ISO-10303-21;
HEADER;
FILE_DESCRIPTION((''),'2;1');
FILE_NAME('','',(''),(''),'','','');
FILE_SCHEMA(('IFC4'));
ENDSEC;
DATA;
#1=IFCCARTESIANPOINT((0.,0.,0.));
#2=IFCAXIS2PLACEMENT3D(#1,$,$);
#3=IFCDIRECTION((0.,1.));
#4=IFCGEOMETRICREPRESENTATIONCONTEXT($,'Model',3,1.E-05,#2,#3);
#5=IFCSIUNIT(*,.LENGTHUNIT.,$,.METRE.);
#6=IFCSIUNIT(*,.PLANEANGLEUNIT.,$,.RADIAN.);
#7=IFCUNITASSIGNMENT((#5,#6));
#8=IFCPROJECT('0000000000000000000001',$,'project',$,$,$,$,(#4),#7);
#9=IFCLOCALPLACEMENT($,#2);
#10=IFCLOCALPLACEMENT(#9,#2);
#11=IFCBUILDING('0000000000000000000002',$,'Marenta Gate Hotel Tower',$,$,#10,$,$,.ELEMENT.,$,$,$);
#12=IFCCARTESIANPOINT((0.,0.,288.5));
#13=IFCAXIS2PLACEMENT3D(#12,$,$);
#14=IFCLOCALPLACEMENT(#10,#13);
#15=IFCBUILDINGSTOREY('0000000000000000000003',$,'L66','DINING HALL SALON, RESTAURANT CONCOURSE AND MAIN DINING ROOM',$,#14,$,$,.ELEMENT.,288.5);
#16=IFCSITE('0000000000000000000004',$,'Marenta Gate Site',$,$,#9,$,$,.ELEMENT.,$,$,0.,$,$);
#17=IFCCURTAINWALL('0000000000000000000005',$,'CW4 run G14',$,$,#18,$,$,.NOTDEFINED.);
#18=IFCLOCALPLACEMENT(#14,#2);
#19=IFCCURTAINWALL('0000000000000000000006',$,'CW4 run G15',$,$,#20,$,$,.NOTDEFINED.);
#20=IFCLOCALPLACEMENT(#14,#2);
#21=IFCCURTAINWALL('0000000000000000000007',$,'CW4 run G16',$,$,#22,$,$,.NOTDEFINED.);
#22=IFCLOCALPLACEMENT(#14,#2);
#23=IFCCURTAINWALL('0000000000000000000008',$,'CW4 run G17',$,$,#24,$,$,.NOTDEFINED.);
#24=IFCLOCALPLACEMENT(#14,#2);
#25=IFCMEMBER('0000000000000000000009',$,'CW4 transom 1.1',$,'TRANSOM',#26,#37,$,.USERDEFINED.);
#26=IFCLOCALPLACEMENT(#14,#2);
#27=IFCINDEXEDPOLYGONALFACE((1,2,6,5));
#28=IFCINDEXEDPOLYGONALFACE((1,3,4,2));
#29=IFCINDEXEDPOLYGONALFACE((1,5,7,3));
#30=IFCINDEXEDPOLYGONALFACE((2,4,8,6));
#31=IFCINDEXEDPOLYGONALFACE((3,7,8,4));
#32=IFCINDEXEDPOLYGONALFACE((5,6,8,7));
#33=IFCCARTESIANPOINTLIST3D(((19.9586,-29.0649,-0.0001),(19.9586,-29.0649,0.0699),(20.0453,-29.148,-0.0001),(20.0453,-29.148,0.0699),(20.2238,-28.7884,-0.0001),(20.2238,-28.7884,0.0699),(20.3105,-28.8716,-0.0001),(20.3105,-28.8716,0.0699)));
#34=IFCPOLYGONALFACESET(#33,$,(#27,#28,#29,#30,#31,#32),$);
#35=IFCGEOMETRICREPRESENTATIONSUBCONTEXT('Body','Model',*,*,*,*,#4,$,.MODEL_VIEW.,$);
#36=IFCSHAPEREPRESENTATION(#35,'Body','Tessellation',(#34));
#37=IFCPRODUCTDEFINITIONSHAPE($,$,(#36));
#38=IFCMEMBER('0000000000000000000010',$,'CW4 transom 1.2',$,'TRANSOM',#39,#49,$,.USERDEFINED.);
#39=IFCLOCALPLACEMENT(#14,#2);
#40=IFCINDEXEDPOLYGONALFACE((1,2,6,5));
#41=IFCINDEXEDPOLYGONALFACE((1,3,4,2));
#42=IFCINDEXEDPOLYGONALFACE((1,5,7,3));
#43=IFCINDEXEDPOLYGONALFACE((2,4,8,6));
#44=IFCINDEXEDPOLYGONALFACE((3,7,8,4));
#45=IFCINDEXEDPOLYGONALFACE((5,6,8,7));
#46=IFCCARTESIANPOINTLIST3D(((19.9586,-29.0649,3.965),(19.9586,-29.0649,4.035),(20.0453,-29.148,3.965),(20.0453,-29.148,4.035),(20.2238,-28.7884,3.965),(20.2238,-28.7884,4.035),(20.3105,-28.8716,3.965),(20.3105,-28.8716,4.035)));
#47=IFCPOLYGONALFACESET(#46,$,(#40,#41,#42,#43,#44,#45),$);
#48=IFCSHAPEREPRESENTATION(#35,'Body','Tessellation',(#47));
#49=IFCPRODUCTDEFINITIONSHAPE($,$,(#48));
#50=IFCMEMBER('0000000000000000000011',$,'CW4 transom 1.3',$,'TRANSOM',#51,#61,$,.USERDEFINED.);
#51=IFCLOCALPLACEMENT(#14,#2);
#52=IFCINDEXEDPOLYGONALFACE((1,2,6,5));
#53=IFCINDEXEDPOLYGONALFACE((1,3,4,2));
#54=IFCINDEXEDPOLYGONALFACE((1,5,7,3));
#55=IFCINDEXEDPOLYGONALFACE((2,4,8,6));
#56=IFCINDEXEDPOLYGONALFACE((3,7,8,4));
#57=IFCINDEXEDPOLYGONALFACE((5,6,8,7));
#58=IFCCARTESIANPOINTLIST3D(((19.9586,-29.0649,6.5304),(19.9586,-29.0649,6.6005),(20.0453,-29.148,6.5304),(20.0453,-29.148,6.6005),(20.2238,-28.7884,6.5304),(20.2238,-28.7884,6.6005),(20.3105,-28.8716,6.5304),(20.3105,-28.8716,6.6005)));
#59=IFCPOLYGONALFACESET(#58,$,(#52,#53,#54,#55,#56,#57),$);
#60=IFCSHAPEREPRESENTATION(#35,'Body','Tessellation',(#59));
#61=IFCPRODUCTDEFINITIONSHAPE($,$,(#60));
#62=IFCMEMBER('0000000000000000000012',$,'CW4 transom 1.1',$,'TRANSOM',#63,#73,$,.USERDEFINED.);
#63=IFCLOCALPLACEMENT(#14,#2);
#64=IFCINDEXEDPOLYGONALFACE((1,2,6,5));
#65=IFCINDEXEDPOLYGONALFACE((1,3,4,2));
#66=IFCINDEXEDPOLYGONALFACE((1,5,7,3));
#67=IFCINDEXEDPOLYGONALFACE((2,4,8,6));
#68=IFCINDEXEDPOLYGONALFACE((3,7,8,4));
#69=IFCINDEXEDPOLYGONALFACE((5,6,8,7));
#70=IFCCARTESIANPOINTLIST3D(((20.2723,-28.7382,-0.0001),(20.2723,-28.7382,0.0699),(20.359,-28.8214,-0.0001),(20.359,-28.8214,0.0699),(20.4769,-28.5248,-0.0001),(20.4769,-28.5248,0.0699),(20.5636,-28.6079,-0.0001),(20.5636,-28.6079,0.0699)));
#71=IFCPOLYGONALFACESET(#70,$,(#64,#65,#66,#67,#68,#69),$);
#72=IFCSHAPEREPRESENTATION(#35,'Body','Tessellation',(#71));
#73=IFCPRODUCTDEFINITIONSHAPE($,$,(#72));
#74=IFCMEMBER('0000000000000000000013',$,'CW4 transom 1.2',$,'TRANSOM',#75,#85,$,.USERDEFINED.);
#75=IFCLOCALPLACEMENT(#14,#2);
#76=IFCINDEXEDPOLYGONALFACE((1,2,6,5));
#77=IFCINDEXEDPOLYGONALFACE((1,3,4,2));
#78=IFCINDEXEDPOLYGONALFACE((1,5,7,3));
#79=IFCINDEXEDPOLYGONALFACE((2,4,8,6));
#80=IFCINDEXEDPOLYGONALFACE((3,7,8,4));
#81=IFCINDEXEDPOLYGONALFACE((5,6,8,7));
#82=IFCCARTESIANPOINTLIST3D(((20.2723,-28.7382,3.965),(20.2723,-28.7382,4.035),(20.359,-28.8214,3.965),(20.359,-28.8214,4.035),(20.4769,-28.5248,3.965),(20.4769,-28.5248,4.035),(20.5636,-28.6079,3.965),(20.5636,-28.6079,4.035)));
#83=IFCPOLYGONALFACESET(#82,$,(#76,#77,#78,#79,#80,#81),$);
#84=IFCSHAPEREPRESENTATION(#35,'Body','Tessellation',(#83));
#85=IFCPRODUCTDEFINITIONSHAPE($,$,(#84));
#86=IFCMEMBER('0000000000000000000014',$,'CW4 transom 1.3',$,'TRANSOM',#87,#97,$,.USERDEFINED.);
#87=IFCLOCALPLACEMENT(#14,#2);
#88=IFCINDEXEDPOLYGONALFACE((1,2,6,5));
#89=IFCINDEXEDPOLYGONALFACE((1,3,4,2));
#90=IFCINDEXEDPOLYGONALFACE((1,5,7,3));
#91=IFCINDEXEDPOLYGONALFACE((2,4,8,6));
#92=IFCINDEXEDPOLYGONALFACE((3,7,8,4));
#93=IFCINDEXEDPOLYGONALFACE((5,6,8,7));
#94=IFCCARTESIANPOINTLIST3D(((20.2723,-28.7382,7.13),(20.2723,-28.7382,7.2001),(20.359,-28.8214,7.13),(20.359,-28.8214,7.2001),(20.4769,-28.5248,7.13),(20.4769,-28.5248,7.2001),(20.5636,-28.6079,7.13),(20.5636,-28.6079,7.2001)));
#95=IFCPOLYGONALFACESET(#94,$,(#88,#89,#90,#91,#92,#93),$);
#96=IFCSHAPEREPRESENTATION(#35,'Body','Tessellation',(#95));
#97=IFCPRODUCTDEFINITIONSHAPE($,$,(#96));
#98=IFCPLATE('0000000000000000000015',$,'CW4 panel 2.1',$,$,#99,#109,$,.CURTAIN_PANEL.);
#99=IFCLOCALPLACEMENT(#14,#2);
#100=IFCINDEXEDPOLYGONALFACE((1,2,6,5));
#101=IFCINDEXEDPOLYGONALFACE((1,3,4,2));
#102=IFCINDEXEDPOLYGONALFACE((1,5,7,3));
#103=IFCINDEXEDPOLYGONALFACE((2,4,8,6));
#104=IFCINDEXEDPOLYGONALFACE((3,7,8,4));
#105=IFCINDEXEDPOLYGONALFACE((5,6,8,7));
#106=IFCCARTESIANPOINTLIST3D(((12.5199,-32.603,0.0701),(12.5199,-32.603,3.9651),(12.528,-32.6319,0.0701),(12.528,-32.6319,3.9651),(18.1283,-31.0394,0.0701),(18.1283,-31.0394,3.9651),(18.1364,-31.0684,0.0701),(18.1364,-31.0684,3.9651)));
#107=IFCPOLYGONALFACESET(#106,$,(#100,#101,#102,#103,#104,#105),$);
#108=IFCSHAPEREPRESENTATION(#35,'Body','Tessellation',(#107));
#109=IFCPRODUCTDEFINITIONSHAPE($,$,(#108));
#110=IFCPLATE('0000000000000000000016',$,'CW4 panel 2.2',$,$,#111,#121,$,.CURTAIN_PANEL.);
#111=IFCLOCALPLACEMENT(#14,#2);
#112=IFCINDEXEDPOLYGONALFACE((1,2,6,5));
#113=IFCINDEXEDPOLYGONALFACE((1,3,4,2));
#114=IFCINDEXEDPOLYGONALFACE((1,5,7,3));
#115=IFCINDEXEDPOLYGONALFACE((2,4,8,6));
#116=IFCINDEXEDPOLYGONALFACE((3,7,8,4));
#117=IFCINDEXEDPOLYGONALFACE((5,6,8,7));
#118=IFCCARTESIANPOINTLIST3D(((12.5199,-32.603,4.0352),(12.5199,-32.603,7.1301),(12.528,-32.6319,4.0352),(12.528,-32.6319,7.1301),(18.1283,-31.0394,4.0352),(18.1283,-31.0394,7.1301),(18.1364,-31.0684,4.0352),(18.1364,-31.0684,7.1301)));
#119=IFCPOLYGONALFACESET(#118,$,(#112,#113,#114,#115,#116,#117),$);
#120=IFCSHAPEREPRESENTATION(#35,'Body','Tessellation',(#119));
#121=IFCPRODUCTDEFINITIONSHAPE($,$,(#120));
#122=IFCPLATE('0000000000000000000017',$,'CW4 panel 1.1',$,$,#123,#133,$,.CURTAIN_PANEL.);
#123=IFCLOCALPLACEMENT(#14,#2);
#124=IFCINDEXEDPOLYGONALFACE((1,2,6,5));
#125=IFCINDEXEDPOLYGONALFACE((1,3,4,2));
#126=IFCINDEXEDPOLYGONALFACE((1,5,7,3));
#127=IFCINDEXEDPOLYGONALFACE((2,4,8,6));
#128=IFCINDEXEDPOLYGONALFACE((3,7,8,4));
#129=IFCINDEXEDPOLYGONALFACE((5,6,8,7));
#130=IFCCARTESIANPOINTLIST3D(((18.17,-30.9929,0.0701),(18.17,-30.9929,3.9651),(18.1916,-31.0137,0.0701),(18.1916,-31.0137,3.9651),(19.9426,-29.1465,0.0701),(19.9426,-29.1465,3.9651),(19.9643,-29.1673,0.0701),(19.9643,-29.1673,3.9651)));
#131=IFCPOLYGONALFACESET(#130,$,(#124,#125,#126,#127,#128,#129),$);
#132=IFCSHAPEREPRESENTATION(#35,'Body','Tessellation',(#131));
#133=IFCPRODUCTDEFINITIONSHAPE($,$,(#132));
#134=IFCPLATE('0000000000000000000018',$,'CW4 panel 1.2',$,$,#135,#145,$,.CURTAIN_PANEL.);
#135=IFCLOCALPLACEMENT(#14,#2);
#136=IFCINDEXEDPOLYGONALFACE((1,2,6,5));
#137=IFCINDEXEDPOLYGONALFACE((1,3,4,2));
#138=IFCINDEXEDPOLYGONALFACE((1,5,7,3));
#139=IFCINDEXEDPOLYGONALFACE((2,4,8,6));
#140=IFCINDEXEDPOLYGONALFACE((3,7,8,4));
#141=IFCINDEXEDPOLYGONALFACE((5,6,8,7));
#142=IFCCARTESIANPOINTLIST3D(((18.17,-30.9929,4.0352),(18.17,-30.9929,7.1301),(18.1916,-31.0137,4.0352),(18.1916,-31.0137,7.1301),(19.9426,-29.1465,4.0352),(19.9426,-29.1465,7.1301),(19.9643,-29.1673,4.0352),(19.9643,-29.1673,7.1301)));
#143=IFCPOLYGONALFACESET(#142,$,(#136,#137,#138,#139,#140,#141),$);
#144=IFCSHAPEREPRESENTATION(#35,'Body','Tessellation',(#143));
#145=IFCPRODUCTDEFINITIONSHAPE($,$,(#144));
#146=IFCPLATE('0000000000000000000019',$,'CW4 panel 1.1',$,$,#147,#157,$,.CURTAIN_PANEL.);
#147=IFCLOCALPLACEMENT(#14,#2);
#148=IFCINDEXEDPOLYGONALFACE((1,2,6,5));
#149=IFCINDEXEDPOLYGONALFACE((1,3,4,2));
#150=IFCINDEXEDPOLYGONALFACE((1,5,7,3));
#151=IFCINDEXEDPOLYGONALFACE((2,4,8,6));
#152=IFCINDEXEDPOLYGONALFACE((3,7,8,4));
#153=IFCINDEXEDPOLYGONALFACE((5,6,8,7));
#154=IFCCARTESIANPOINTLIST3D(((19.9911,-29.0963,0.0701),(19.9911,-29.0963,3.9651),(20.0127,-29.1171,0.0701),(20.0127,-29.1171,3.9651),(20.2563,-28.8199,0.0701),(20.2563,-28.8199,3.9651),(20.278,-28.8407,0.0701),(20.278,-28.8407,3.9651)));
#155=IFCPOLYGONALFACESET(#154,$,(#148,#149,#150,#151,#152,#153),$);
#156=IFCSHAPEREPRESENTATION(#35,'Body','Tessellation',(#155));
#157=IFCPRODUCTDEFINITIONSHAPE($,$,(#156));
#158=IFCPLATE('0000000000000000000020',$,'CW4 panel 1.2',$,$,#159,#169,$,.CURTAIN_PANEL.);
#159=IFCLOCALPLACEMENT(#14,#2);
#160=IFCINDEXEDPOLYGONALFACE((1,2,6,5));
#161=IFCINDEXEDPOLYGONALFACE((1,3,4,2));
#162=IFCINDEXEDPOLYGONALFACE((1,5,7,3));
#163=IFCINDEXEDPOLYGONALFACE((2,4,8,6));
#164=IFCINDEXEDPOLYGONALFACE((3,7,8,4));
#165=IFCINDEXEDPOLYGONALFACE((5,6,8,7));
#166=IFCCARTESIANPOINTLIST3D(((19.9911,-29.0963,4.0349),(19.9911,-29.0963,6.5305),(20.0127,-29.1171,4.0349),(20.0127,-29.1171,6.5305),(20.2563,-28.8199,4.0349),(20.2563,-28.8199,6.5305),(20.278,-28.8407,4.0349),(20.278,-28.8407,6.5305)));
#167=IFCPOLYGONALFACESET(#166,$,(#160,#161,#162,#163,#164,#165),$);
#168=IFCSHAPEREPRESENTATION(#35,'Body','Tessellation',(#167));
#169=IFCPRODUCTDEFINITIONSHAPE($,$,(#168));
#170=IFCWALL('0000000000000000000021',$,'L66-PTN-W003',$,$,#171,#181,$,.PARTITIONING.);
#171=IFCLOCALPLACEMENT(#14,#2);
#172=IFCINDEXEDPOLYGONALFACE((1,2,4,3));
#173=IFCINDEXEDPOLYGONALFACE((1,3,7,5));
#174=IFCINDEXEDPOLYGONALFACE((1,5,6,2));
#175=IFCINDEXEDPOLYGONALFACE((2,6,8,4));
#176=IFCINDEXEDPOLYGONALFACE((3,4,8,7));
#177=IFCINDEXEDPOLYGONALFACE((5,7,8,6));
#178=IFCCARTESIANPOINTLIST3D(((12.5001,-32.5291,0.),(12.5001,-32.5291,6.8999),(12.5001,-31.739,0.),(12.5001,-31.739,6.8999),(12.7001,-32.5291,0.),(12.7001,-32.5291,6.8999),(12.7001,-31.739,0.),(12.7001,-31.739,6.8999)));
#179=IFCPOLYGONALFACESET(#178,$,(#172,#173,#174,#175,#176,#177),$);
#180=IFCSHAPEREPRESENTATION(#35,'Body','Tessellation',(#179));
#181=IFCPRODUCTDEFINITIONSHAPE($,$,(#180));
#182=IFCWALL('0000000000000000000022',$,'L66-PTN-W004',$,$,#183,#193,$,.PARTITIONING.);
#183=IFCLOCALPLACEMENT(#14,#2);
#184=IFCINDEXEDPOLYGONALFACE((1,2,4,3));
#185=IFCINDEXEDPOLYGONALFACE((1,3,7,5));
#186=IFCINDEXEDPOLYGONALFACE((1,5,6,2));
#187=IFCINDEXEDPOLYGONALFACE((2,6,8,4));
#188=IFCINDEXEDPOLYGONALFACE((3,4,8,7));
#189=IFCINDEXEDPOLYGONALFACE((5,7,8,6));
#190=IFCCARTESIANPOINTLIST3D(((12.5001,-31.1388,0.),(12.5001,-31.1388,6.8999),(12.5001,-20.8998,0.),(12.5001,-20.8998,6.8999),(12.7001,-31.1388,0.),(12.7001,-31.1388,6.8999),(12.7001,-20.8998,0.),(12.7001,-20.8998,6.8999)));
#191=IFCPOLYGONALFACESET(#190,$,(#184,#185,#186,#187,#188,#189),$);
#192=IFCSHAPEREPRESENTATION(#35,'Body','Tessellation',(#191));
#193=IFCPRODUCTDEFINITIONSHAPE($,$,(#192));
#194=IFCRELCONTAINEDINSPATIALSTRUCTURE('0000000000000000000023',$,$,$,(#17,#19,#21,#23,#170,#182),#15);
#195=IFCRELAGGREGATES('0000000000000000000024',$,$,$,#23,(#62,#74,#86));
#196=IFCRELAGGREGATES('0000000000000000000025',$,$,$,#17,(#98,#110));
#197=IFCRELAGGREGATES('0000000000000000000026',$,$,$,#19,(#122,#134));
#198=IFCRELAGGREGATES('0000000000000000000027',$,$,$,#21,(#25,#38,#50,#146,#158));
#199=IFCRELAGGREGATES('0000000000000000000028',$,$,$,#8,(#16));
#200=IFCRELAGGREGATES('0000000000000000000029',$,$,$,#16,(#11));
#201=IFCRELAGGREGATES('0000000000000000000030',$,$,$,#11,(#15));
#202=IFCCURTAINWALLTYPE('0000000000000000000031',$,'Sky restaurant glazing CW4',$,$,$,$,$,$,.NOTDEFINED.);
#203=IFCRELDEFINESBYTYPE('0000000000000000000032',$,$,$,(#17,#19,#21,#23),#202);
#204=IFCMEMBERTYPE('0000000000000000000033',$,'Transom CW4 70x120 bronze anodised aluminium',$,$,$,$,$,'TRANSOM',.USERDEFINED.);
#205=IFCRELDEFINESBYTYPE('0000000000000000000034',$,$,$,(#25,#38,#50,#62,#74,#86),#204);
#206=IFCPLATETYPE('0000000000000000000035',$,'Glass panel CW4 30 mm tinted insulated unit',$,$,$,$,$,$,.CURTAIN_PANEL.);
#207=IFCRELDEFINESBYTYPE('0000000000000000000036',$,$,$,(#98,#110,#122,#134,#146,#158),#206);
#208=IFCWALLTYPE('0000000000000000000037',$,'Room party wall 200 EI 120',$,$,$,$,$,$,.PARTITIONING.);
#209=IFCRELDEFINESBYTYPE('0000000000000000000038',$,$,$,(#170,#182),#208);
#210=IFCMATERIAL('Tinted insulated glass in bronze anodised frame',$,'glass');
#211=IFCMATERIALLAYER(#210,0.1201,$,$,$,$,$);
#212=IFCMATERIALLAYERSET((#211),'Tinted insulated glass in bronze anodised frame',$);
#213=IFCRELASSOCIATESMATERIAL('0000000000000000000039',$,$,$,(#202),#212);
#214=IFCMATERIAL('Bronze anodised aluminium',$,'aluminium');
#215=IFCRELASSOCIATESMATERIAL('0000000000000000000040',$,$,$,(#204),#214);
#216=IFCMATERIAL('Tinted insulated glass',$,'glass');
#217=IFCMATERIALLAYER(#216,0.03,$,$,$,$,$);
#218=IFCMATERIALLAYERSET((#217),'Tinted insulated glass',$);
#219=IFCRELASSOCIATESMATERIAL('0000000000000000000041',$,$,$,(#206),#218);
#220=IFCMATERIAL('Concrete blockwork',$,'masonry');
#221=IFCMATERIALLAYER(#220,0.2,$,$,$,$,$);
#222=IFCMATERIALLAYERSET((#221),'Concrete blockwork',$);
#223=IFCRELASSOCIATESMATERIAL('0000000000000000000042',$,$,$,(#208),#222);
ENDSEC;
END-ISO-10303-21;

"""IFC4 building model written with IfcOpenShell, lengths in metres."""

from ifc_helpers import new_model, si_unit, direction, frame, frame_2d, origin, origin_2d, place, context, subcontext, project, spatial, rectangle, extrude, material, layer, layer_set, material_profile, profile_set, type_object, element, aggregate, save


model = new_model("IFC4")

# Units and contexts
model_context = context("Model", 3, precision=1e-05, world=origin(), true_north=direction((0.0, 1.0)))
body_context = subcontext(model_context, "Body", "Model", "MODEL_VIEW")
ifc_project = project(units=[si_unit("LENGTHUNIT", "METRE"), si_unit("PLANEANGLEUNIT", "RADIAN")], contexts=[model_context])

# Site, building, storey
site_placement = place(None, origin())
site = spatial("IfcSite", under=ifc_project, at=site_placement, Name="Marenta Gate Site", CompositionType="ELEMENT", RefElevation=0.0)
building_placement = place(site_placement, origin())
building = spatial("IfcBuilding", under=site, at=building_placement, Name="Marenta Gate Hotel Tower", CompositionType="ELEMENT")
storey_placement = place(building_placement, frame((0.0, 0.0, 288.5)))
storey = spatial("IfcBuildingStorey", under=building, at=storey_placement, Name="L66", Description="DINING HALL SALON, RESTAURANT CONCOURSE AND MAIN DINING ROOM", CompositionType="ELEMENT", Elevation=288.5)

# Curtain walls
ifc_material_1 = material(Name="Tinted insulated glass in bronze anodised frame", Category="glass")
ifc_layer_1 = layer(ifc_material_1, 0.1201)
ifc_layer_set_1 = layer_set([ifc_layer_1], Name="Tinted insulated glass in bronze anodised frame")
curtain_wall_type = type_object("IfcCurtainWallType", Name="Sky restaurant glazing CW4", PredefinedType="NOTDEFINED", material=ifc_layer_set_1)
curtain_wall_1_placement = place(storey_placement, origin())
curtain_wall_1 = element("IfcCurtainWall", 1, at=curtain_wall_1_placement, inside=storey, type_object=curtain_wall_type, Name="CW4 run G14", PredefinedType="NOTDEFINED")
curtain_wall_2_placement = place(storey_placement, origin())
curtain_wall_2 = element("IfcCurtainWall", 2, at=curtain_wall_2_placement, inside=storey, type_object=curtain_wall_type, Name="CW4 run G15", PredefinedType="NOTDEFINED")
curtain_wall_3_placement = place(storey_placement, origin())
curtain_wall_3 = element("IfcCurtainWall", 3, at=curtain_wall_3_placement, inside=storey, type_object=curtain_wall_type, Name="CW4 run G16", PredefinedType="NOTDEFINED")
curtain_wall_4_placement = place(storey_placement, origin())
curtain_wall_4 = element("IfcCurtainWall", 4, at=curtain_wall_4_placement, inside=storey, type_object=curtain_wall_type, Name="CW4 run G17", PredefinedType="NOTDEFINED")

# Members
ifc_material_2 = material(Name="Bronze anodised aluminium", Category="aluminium")
ifc_material_profile_1 = material_profile(ifc_material_2, rectangle(XDim=0.1201, YDim=0.0701, at=origin_2d()), Name="Transom CW4 70x120 bronze anodised aluminium")
ifc_profile_set_1 = profile_set([ifc_material_profile_1], Name="Bronze anodised aluminium")
member_type_1 = type_object("IfcMemberType", Name="Transom CW4 70x120 bronze anodised aluminium", ElementType="TRANSOM", PredefinedType="USERDEFINED", material=ifc_profile_set_1)
member_1_placement = place(storey_placement, frame((20.002, -29.1064, 0.0349), z_axis=(0.692293, 0.721617, 0.0), x_axis=(-0.721617, 0.692293, 0.0)))
member_1 = element("IfcMember", 5, at=member_1_placement, type_object=member_type_1, Name="CW4 transom 1.1", ObjectType="TRANSOM", PredefinedType="USERDEFINED", context=body_context, shape_type="SweptSolid", body=[
    extrude(rectangle(XDim=0.1201, YDim=0.0701, at=origin_2d()), origin(), (0.0, 0.0, 1.0), 0.3831),
])
member_2_placement = place(storey_placement, frame((20.002, -29.1064, 4.0), z_axis=(0.692293, 0.721617, 0.0), x_axis=(-0.721617, 0.692293, 0.0)))
member_2 = element("IfcMember", 6, at=member_2_placement, type_object=member_type_1, Name="CW4 transom 1.2", ObjectType="TRANSOM", PredefinedType="USERDEFINED", context=body_context, shape_type="SweptSolid", body=[
    extrude(rectangle(XDim=0.1201, YDim=0.0701, at=origin_2d()), origin(), (0.0, 0.0, 1.0), 0.3831),
])
member_3_placement = place(storey_placement, frame((20.002, -29.1064, 6.5654), z_axis=(0.692293, 0.721617, 0.0), x_axis=(-0.721617, 0.692293, 0.0)))
member_3 = element("IfcMember", 7, at=member_3_placement, type_object=member_type_1, Name="CW4 transom 1.3", ObjectType="TRANSOM", PredefinedType="USERDEFINED", context=body_context, shape_type="SweptSolid", body=[
    extrude(rectangle(XDim=0.1201, YDim=0.0701, at=origin_2d()), origin(), (0.0, 0.0, 1.0), 0.3831),
])
member_4_placement = place(storey_placement, frame((20.3157, -28.7798, 0.0349), z_axis=(0.692085, 0.721816, 0.0), x_axis=(-0.721816, 0.692085, 0.0)))
member_4 = element("IfcMember", 8, at=member_4_placement, type_object=member_type_1, Name="CW4 transom 1.1", ObjectType="TRANSOM", PredefinedType="USERDEFINED", context=body_context, shape_type="SweptSolid", body=[
    extrude(rectangle(XDim=0.1201, YDim=0.0701, at=origin_2d()), origin(), (0.0, 0.0, 1.0), 0.2957),
])
member_5_placement = place(storey_placement, frame((20.3157, -28.7798, 4.0), z_axis=(0.692085, 0.721816, 0.0), x_axis=(-0.721816, 0.692085, 0.0)))
member_5 = element("IfcMember", 9, at=member_5_placement, type_object=member_type_1, Name="CW4 transom 1.2", ObjectType="TRANSOM", PredefinedType="USERDEFINED", context=body_context, shape_type="SweptSolid", body=[
    extrude(rectangle(XDim=0.1201, YDim=0.0701, at=origin_2d()), origin(), (0.0, 0.0, 1.0), 0.2957),
])
member_6_placement = place(storey_placement, frame((20.3157, -28.7798, 7.165), z_axis=(0.692085, 0.721816, 0.0), x_axis=(-0.721816, 0.692085, 0.0)))
member_6 = element("IfcMember", 10, at=member_6_placement, type_object=member_type_1, Name="CW4 transom 1.3", ObjectType="TRANSOM", PredefinedType="USERDEFINED", context=body_context, shape_type="SweptSolid", body=[
    extrude(rectangle(XDim=0.1201, YDim=0.0701, at=origin_2d()), origin(), (0.0, 0.0, 1.0), 0.2957),
])
aggregate(curtain_wall_4, [member_4, member_5, member_6])

# Plates
ifc_material_3 = material(Name="Tinted insulated glass", Category="glass")
ifc_layer_2 = layer(ifc_material_3, 0.03)
ifc_layer_set_2 = layer_set([ifc_layer_2], Name="Tinted insulated glass")
plate_type = type_object("IfcPlateType", Name="Glass panel CW4 30 mm tinted insulated unit", PredefinedType="CURTAIN_PANEL", material=ifc_layer_set_2)
plate_1_placement = place(storey_placement, frame((15.3281, -31.8357, 0.0701), z_axis=(0.0, 0.0, 1.0), x_axis=(0.963266, 0.268549, 0.0)))
plate_1 = element("IfcPlate", 11, at=plate_1_placement, type_object=plate_type, Name="CW4 panel 2.1", PredefinedType="CURTAIN_PANEL", context=body_context, shape_type="SweptSolid", body=[
    extrude(rectangle(XDim=5.8223, YDim=0.03, at=origin_2d()), origin(), (0.0, 0.0, 1.0), 3.895),
])
plate_2_placement = place(storey_placement, frame((15.3281, -31.8357, 4.0352), z_axis=(0.0, 0.0, 1.0), x_axis=(0.963266, 0.268549, 0.0)))
plate_2 = element("IfcPlate", 12, at=plate_2_placement, type_object=plate_type, Name="CW4 panel 2.2", PredefinedType="CURTAIN_PANEL", context=body_context, shape_type="SweptSolid", body=[
    extrude(rectangle(XDim=5.8223, YDim=0.03, at=origin_2d()), origin(), (0.0, 0.0, 1.0), 3.095),
])
aggregate(curtain_wall_1, [plate_1, plate_2])
plate_3_placement = place(storey_placement, frame((19.0671, -30.0801, 0.0701), z_axis=(0.0, 0.0, 1.0), x_axis=(0.692566, 0.721355, 0.0)))
plate_3 = element("IfcPlate", 13, at=plate_3_placement, type_object=plate_type, Name="CW4 panel 1.1", PredefinedType="CURTAIN_PANEL", context=body_context, shape_type="SweptSolid", body=[
    extrude(rectangle(XDim=2.5596, YDim=0.03, at=origin_2d()), origin(), (0.0, 0.0, 1.0), 3.895),
])
plate_4_placement = place(storey_placement, frame((19.0671, -30.0801, 4.0352), z_axis=(0.0, 0.0, 1.0), x_axis=(0.692566, 0.721355, 0.0)))
plate_4 = element("IfcPlate", 14, at=plate_4_placement, type_object=plate_type, Name="CW4 panel 1.2", PredefinedType="CURTAIN_PANEL", context=body_context, shape_type="SweptSolid", body=[
    extrude(rectangle(XDim=2.5596, YDim=0.03, at=origin_2d()), origin(), (0.0, 0.0, 1.0), 3.095),
])
aggregate(curtain_wall_2, [plate_3, plate_4])
plate_5_placement = place(storey_placement, frame((20.1345, -28.9685, 0.0701), z_axis=(0.0, 0.0, 1.0), x_axis=(0.6925, 0.721418, 0.0)))
plate_5 = element("IfcPlate", 15, at=plate_5_placement, type_object=plate_type, Name="CW4 panel 1.1", PredefinedType="CURTAIN_PANEL", context=body_context, shape_type="SweptSolid", body=[
    extrude(rectangle(XDim=0.3831, YDim=0.03, at=origin_2d()), origin(), (0.0, 0.0, 1.0), 3.895),
])
plate_6_placement = place(storey_placement, frame((20.1345, -28.9685, 4.0349), z_axis=(0.0, 0.0, 1.0), x_axis=(0.6925, 0.721418, 0.0)))
plate_6 = element("IfcPlate", 16, at=plate_6_placement, type_object=plate_type, Name="CW4 panel 1.2", PredefinedType="CURTAIN_PANEL", context=body_context, shape_type="SweptSolid", body=[
    extrude(rectangle(XDim=0.3831, YDim=0.03, at=origin_2d()), origin(), (0.0, 0.0, 1.0), 2.4956),
])
aggregate(curtain_wall_3, [member_1, member_2, member_3, plate_5, plate_6])

# Walls
ifc_material_4 = material(Name="Concrete blockwork", Category="masonry")
ifc_layer_3 = layer(ifc_material_4, 0.2)
ifc_layer_set_3 = layer_set([ifc_layer_3], Name="Concrete blockwork")
wall_type = type_object("IfcWallType", Name="Room party wall 200 EI 120", PredefinedType="PARTITIONING", material=ifc_layer_set_3)
wall_1_placement = place(storey_placement, frame((12.6001, -32.5291, 0.0), z_axis=(0.0, 0.0, 1.0), x_axis=(0.0, 1.0, 0.0)))
element("IfcWall", 17, at=wall_1_placement, inside=storey, type_object=wall_type, Name="L66-PTN-W003", PredefinedType="PARTITIONING", context=body_context, shape_type="SweptSolid", body=[
    extrude(rectangle(XDim=0.79, YDim=0.2, at=frame_2d((0.395, 0.0))), origin(), (0.0, 0.0, 1.0), 6.8999),
])
wall_2_placement = place(storey_placement, frame((12.6001, -31.1389, 0.0), z_axis=(0.0, 0.0, 1.0), x_axis=(0.0, 1.0, 0.0)))
element("IfcWall", 18, at=wall_2_placement, inside=storey, type_object=wall_type, Name="L66-PTN-W004", PredefinedType="PARTITIONING", context=body_context, shape_type="SweptSolid", body=[
    extrude(rectangle(XDim=10.239, YDim=0.2, at=frame_2d((5.1196, 0.0))), origin(), (0.0, 0.0, 1.0), 6.8999),
])

save(model, "model.ifc")
